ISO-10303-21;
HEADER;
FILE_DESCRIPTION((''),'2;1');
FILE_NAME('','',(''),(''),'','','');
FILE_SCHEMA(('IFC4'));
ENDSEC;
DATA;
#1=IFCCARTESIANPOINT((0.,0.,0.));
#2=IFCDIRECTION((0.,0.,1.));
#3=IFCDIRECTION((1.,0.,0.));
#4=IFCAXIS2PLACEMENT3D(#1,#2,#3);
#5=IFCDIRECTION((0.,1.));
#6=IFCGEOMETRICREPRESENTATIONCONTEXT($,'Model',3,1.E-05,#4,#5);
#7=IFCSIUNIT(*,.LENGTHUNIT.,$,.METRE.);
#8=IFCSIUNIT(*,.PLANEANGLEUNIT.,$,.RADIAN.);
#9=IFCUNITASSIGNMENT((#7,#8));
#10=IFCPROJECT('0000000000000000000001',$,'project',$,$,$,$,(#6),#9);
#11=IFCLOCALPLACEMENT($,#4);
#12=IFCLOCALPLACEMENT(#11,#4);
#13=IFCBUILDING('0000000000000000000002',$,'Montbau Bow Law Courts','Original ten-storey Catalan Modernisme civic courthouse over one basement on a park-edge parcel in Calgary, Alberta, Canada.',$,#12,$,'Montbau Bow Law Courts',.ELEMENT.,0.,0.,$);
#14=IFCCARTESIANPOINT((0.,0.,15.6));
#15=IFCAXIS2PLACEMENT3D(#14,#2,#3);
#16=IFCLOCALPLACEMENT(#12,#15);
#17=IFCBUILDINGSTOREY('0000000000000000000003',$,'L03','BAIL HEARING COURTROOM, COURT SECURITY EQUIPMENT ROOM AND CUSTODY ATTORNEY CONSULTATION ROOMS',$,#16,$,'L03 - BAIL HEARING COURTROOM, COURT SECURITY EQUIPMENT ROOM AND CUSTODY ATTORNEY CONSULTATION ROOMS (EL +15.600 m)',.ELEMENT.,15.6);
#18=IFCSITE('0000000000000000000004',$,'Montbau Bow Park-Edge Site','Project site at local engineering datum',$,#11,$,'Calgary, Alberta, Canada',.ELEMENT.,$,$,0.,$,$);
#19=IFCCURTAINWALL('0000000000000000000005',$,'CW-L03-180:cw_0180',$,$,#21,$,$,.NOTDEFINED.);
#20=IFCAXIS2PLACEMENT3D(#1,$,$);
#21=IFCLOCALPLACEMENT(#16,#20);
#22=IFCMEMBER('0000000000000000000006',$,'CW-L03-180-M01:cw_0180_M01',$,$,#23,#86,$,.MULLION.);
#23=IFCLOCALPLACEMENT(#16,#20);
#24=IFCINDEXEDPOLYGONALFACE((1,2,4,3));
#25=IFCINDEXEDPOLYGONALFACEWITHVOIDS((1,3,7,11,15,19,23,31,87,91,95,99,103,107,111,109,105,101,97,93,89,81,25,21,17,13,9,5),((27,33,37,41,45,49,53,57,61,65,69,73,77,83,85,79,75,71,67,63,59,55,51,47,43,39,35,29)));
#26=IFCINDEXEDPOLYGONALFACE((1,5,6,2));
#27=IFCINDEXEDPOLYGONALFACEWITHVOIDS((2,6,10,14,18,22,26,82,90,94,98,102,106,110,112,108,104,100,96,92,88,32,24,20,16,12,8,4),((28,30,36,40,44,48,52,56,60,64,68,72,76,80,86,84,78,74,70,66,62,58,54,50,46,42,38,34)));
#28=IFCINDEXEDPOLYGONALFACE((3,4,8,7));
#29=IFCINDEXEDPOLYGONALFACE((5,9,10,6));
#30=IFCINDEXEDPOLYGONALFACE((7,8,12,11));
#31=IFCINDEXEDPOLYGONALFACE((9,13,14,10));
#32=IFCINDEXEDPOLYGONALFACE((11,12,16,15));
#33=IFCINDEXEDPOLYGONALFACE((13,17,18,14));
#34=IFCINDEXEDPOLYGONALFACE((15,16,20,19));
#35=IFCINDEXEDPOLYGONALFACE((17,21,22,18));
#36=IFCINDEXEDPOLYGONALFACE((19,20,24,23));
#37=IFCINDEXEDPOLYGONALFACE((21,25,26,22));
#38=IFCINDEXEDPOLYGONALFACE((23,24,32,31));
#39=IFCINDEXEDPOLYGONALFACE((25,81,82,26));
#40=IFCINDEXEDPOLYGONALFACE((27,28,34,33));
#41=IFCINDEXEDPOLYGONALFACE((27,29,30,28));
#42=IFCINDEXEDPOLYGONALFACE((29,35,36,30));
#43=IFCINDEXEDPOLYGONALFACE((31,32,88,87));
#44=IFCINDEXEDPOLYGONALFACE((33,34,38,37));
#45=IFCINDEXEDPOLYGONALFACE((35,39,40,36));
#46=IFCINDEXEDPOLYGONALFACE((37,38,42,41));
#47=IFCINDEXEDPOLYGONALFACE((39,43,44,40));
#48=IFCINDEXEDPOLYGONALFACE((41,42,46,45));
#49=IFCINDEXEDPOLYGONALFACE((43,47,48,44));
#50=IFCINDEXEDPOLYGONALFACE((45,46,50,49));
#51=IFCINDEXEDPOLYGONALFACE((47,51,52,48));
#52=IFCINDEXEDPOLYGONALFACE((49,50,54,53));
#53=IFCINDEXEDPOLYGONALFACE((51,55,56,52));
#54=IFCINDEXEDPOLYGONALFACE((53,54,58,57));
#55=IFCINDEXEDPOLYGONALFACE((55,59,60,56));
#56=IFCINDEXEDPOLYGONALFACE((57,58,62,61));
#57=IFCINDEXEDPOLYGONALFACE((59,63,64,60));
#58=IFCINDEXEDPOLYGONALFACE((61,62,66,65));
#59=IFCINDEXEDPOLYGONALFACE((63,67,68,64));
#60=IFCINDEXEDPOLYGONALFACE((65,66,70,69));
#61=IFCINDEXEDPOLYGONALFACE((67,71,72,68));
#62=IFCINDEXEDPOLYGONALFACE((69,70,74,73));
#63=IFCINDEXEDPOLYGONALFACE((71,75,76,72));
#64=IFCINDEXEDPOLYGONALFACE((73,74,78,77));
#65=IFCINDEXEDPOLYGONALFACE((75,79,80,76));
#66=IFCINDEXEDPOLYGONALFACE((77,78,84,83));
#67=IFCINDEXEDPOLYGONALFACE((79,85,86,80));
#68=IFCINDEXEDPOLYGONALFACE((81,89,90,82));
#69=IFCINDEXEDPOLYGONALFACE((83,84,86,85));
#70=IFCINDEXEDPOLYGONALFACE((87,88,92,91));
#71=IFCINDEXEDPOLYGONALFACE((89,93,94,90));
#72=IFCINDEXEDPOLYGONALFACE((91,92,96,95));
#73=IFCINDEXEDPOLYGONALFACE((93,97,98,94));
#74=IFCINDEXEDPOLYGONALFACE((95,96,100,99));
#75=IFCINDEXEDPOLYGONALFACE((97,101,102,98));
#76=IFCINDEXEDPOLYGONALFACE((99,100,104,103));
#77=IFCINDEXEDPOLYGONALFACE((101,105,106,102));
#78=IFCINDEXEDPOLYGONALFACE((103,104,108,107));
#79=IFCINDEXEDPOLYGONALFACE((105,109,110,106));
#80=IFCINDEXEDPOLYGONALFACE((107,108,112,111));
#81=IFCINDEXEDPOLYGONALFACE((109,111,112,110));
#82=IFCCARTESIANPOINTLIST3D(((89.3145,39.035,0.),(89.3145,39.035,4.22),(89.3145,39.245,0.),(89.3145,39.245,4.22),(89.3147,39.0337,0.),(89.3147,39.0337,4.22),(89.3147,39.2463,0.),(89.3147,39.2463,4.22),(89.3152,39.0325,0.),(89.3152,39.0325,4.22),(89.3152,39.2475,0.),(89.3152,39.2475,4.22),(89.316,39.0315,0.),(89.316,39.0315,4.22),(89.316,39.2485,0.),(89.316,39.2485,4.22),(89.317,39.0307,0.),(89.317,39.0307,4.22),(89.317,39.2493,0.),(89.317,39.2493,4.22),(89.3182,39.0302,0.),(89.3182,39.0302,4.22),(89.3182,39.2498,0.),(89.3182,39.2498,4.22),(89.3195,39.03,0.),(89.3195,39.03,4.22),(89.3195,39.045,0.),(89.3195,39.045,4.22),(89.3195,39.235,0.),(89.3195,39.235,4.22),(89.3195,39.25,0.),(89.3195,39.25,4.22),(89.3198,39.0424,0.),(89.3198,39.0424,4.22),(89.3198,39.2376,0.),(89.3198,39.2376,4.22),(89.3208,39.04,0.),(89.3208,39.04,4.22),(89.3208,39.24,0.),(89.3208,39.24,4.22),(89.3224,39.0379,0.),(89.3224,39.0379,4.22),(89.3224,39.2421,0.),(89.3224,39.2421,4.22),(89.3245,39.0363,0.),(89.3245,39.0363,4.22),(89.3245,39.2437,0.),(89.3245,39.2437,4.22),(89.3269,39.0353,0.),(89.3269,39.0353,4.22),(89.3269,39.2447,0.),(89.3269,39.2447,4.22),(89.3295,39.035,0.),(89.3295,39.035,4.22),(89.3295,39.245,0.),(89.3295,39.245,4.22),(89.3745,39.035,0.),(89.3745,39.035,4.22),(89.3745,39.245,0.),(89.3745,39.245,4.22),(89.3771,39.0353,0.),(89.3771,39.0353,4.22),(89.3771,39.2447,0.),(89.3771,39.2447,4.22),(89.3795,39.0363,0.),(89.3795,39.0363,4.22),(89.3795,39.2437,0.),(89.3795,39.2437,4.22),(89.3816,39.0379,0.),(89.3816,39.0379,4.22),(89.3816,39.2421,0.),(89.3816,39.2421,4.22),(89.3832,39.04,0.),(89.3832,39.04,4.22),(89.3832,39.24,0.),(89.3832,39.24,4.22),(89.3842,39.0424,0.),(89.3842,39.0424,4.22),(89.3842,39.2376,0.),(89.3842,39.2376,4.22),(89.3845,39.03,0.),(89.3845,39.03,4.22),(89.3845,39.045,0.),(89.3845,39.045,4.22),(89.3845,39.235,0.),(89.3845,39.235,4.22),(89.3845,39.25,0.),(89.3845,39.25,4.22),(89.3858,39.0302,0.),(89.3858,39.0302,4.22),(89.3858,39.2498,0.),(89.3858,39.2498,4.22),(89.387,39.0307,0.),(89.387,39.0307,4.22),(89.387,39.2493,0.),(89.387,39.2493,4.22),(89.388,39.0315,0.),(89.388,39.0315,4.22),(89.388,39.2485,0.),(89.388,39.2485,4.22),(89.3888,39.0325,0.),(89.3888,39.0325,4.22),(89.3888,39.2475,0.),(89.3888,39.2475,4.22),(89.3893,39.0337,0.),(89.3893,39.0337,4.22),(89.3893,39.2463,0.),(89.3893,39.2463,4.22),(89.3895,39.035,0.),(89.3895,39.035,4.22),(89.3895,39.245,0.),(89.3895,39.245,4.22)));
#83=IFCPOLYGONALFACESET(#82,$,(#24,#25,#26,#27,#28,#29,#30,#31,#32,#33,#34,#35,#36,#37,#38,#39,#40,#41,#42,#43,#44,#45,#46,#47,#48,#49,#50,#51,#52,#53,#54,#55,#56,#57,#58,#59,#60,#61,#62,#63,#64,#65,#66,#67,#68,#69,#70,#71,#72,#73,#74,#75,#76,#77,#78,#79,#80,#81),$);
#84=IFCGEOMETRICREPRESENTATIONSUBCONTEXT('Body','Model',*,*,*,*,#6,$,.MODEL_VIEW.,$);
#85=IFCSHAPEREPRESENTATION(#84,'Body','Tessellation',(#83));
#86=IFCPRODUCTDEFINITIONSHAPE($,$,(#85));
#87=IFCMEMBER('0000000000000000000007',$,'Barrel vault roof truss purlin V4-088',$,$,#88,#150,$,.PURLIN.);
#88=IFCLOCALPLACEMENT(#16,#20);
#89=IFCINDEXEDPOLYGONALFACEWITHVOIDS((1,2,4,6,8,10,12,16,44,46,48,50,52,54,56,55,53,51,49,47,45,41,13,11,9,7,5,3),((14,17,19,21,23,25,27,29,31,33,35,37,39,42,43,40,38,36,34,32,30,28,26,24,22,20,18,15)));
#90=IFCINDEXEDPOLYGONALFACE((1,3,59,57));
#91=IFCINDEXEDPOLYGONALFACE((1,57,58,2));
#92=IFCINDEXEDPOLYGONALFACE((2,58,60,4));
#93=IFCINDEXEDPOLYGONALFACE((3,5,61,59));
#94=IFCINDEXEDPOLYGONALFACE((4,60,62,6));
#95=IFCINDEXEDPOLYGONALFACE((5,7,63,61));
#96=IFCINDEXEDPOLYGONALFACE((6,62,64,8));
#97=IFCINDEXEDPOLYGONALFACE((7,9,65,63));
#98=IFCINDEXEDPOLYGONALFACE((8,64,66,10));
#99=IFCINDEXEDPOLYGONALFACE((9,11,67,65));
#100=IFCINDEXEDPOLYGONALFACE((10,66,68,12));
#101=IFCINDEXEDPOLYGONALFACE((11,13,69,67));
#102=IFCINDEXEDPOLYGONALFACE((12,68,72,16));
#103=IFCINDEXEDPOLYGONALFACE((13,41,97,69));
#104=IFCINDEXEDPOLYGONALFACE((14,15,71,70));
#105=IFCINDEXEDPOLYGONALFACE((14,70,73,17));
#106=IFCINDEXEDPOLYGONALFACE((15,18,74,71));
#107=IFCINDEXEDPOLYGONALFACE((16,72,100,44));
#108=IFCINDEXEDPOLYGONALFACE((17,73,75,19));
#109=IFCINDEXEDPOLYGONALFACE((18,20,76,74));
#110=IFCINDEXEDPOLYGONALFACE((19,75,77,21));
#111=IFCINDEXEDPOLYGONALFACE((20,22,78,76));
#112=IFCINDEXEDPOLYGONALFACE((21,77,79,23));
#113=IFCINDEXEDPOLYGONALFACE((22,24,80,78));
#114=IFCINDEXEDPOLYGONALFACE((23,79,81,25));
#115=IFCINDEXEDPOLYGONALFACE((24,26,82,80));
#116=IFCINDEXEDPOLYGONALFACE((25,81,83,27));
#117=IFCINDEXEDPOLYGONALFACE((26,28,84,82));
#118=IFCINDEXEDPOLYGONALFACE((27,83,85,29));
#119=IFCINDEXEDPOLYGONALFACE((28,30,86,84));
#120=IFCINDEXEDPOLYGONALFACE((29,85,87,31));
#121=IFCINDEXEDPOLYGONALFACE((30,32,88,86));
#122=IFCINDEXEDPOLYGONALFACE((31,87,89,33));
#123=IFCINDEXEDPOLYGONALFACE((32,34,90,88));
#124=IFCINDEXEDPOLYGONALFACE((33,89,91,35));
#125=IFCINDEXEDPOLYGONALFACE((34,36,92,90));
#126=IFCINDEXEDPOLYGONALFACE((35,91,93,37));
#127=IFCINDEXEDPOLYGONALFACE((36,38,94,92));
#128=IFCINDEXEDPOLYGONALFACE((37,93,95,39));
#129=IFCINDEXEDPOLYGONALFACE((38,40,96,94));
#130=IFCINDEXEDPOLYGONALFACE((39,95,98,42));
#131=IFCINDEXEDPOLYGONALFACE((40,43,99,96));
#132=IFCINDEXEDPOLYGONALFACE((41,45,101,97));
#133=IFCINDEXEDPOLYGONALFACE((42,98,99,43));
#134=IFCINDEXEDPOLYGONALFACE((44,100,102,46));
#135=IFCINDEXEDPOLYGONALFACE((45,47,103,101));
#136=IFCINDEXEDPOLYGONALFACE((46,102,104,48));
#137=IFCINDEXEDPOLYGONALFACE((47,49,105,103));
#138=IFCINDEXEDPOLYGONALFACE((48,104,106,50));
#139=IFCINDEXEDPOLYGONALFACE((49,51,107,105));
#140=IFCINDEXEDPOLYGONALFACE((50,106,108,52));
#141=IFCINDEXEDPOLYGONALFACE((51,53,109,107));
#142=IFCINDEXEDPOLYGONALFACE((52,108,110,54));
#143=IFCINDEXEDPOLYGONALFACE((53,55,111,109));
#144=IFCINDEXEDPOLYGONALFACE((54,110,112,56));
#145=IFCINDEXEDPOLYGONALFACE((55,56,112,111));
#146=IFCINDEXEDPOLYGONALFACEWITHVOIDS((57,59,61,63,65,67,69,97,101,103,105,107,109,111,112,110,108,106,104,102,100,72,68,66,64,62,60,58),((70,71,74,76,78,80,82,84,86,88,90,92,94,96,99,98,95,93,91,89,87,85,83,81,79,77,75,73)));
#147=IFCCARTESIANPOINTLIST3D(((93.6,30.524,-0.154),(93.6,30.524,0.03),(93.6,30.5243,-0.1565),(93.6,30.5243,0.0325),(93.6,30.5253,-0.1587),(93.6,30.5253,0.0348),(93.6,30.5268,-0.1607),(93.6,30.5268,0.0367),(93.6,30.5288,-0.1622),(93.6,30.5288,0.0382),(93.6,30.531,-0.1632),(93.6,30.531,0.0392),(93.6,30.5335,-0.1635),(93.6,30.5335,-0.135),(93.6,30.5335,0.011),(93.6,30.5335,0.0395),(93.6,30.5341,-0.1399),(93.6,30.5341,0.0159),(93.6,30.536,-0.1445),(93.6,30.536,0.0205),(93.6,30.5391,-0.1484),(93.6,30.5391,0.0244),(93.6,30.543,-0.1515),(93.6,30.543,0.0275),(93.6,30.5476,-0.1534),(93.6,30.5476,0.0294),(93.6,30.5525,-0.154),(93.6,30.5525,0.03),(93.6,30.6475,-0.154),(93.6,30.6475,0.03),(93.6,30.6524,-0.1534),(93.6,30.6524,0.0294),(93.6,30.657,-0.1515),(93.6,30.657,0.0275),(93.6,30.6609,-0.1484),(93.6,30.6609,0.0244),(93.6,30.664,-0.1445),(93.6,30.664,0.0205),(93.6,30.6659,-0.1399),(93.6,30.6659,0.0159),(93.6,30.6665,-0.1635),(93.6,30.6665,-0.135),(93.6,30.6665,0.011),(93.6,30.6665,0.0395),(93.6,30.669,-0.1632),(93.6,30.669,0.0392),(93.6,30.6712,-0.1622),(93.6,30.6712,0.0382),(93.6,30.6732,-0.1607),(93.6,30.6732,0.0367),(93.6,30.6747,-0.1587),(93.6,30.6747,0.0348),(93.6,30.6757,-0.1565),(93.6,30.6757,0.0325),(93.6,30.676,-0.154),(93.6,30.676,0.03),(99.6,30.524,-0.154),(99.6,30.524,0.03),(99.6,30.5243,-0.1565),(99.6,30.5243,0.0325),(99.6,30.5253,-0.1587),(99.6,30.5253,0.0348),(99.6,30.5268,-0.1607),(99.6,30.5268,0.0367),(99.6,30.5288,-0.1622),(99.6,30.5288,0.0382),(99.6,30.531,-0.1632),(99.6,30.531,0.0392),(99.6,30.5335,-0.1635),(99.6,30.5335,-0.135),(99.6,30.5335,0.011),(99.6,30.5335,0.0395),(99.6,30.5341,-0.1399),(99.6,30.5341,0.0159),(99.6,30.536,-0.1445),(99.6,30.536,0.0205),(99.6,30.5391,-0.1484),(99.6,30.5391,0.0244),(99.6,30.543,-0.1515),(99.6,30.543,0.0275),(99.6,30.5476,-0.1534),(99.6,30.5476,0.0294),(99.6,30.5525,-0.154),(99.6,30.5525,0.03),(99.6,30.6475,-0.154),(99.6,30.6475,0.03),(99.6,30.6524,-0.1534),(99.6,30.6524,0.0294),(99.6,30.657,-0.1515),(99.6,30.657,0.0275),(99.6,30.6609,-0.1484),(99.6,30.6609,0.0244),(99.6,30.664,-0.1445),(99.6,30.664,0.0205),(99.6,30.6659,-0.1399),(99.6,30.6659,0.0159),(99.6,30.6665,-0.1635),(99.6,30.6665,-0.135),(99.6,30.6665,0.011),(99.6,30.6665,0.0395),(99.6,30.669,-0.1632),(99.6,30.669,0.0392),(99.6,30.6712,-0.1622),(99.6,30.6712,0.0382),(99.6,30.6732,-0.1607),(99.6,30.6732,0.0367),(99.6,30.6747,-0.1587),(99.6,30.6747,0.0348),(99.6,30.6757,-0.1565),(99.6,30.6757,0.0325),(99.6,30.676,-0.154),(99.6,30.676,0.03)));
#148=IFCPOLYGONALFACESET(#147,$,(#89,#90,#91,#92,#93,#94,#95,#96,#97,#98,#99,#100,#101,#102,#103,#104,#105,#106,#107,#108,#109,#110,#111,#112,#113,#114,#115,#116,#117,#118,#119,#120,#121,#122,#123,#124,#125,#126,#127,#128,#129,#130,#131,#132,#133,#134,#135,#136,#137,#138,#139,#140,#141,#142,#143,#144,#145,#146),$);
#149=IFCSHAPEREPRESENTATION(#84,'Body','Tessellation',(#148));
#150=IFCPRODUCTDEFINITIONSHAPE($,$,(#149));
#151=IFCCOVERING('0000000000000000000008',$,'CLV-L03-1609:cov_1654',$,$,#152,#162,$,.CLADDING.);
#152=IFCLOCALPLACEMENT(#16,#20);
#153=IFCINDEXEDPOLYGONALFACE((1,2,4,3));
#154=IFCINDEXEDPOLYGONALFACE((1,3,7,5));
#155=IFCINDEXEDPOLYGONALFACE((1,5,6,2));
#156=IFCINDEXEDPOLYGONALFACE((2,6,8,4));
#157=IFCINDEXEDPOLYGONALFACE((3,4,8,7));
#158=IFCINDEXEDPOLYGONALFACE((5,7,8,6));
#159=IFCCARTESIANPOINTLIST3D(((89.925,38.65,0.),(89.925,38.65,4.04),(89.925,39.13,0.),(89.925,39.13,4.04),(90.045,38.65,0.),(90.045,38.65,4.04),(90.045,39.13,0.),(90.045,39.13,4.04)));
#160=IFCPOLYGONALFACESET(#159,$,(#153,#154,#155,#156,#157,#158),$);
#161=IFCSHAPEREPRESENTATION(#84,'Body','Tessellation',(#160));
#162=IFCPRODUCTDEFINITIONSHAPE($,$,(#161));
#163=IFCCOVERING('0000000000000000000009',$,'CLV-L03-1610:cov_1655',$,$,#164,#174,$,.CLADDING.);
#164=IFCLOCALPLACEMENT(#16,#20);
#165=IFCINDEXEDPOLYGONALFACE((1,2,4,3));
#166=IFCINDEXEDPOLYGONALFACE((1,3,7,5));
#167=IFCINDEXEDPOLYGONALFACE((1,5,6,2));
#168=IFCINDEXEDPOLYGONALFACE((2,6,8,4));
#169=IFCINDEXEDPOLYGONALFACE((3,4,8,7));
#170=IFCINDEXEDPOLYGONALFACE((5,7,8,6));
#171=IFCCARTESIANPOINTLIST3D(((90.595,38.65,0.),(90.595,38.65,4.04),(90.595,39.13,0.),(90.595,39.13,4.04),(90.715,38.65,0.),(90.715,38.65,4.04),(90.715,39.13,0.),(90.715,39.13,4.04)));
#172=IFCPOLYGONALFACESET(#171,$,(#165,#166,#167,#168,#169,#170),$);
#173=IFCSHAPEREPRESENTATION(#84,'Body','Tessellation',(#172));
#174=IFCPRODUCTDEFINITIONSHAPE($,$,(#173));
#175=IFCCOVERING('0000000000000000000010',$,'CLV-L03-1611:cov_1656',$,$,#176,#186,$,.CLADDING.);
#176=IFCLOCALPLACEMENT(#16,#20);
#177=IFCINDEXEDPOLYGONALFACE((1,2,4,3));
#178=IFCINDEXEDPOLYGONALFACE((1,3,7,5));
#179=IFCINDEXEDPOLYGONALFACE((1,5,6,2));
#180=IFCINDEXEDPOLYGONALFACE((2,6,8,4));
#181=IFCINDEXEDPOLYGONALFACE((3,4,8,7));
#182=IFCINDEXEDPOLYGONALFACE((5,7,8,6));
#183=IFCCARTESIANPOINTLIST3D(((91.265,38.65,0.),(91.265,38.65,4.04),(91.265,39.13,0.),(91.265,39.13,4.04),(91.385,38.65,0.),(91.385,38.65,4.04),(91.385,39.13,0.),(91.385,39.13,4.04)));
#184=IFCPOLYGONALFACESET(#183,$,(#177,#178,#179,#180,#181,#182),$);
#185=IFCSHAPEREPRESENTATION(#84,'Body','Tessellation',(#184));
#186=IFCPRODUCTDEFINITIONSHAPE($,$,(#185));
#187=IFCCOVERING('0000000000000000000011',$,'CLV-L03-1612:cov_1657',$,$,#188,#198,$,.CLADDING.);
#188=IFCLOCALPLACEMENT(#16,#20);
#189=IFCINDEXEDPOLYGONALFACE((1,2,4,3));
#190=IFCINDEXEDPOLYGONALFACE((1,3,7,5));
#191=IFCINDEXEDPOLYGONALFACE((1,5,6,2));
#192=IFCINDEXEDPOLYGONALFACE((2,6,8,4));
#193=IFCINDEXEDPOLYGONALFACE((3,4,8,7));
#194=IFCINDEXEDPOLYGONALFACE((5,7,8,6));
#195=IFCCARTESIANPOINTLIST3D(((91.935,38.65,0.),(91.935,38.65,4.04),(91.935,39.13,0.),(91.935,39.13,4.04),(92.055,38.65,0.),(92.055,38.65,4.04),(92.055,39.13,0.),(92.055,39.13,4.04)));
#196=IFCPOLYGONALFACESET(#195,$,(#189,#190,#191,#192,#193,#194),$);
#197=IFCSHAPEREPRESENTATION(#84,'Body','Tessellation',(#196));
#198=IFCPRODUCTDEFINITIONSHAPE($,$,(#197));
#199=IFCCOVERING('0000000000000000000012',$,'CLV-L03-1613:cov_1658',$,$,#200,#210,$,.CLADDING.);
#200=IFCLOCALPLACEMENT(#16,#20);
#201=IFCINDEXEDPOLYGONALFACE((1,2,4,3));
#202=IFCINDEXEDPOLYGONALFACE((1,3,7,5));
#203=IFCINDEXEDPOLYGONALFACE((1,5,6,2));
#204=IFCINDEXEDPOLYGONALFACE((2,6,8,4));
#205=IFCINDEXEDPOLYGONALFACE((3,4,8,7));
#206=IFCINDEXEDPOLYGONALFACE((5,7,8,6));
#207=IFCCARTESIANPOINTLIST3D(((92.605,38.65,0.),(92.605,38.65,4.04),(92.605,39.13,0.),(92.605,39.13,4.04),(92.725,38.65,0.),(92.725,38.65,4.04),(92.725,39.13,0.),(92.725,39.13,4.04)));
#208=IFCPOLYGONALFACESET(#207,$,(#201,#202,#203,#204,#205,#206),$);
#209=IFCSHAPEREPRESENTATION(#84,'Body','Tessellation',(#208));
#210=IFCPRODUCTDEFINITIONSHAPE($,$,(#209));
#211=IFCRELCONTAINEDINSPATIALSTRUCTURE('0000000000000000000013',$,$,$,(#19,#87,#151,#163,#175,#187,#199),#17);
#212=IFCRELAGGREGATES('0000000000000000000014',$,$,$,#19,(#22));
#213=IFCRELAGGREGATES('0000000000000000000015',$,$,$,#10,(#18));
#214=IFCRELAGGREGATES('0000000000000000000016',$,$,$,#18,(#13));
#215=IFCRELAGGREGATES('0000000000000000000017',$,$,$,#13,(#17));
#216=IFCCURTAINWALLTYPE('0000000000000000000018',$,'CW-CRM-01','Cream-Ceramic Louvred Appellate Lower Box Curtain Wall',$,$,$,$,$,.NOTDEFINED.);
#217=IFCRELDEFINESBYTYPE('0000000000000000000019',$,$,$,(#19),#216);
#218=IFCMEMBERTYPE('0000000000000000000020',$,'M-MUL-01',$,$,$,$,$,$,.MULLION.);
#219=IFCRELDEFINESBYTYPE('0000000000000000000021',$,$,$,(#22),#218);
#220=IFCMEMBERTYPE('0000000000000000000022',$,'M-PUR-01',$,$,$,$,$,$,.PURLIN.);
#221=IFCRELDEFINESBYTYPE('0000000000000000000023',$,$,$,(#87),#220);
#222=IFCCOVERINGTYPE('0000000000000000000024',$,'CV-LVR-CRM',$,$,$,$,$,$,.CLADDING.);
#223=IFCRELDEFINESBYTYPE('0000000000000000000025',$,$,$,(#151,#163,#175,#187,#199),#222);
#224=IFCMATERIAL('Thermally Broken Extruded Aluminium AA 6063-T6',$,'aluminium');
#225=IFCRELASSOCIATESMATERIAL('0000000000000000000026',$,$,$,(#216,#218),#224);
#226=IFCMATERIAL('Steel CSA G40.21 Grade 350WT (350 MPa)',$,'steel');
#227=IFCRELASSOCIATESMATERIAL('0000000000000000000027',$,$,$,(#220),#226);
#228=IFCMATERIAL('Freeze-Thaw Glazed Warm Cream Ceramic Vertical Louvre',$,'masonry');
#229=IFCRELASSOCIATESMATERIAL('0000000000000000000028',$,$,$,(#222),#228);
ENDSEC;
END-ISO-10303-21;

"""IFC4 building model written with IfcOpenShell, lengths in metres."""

from ifc_helpers import new_model, si_unit, direction, frame, frame_2d, origin_with_axes, origin_2d_with_axis, place, context, subcontext, project, spatial, rectangle, hollow_rectangle, extrude, material, material_profile, profile_set, type_object, element, aggregate, save


model = new_model("IFC4")

# Units and contexts
model_context = context("Model", 3, precision=1e-05, world=origin_with_axes(), true_north=direction((0.0, 1.0)))
body_context = subcontext(model_context, "Body", "Model", "MODEL_VIEW")
ifc_project = project(units=[si_unit("LENGTHUNIT", "METRE"), si_unit("PLANEANGLEUNIT", "RADIAN")], contexts=[model_context])

# Site, building, storey
site_placement = place(None, origin_with_axes())
site = spatial("IfcSite", under=ifc_project, at=site_placement, Name="Montbau Bow Park-Edge Site", Description="Project site at local engineering datum", LongName="Calgary, Alberta, Canada", CompositionType="ELEMENT", RefElevation=0.0)
building_placement = place(site_placement, origin_with_axes())
building = spatial("IfcBuilding", under=site, at=building_placement, Name="Montbau Bow Law Courts", Description="Original ten-storey Catalan Modernisme civic courthouse over one basement on a park-edge parcel in Calgary, Alberta, Canada.", LongName="Montbau Bow Law Courts", CompositionType="ELEMENT", ElevationOfRefHeight=0.0, ElevationOfTerrain=0.0)
storey_placement = place(building_placement, frame((0.0, 0.0, 15.6), z_axis=(0.0, 0.0, 1.0), x_axis=(1.0, 0.0, 0.0)))
storey = spatial("IfcBuildingStorey", under=building, at=storey_placement, Name="L03", Description="BAIL HEARING COURTROOM, COURT SECURITY EQUIPMENT ROOM AND CUSTODY ATTORNEY CONSULTATION ROOMS", LongName="L03 - BAIL HEARING COURTROOM, COURT SECURITY EQUIPMENT ROOM AND CUSTODY ATTORNEY CONSULTATION ROOMS (EL +15.600 m)", CompositionType="ELEMENT", Elevation=15.6)

# Curtain wall, member
ifc_material_1 = material(Name="Thermally Broken Extruded Aluminium AA 6063-T6", Category="aluminium")
curtain_wall_type = type_object("IfcCurtainWallType", Name="CW-CRM-01", Description="Cream-Ceramic Louvred Appellate Lower Box Curtain Wall", PredefinedType="NOTDEFINED", material=ifc_material_1)
curtain_wall_placement = place(None, frame((89.315, 39.14, 15.6), z_axis=(0.0, 0.0, 1.0), x_axis=(1.0, 0.0, 0.0)))
curtain_wall = element("IfcCurtainWall", 1, at=curtain_wall_placement, inside=storey, type_object=curtain_wall_type, Name="CW-L03-180:cw_0180", PredefinedType="NOTDEFINED")
ifc_material_profile_1 = material_profile(ifc_material_1, hollow_rectangle(XDim=0.075, YDim=0.22, WallThickness=0.005, InnerFilletRadius=0.01, OuterFilletRadius=0.005, at=origin_2d_with_axis()), Name="CWM-220X75", Category="Main", Priority=0)
ifc_profile_set_1 = profile_set([ifc_material_profile_1], Name="Thermally Broken Extruded Aluminium AA 6063-T6")
member_type_1 = type_object("IfcMemberType", Name="M-MUL-01", PredefinedType="MULLION", material=ifc_profile_set_1)
member_1_placement = place(None, frame((89.352, 39.14, 15.6), z_axis=(0.0, 0.0, 1.0), x_axis=(1.0, 0.0, 0.0)))
member_1 = element("IfcMember", 2, at=member_1_placement, type_object=member_type_1, Name="CW-L03-180-M01:cw_0180_M01", PredefinedType="MULLION", context=body_context, shape_type="SweptSolid", body=[
    extrude(hollow_rectangle(XDim=0.075, YDim=0.22, WallThickness=0.005, InnerFilletRadius=0.01, OuterFilletRadius=0.005, at=origin_2d_with_axis()), origin_with_axes(), (0.0, 0.0, 1.0), 4.22),
])
aggregate(curtain_wall, [member_1])

# Member
ifc_material_2 = material(Name="Steel CSA G40.21 Grade 350WT (350 MPa)", Category="steel")
ifc_material_profile_2 = material_profile(ifc_material_2, hollow_rectangle(XDim=0.152, YDim=0.203, WallThickness=0.0095, InnerFilletRadius=0.019, OuterFilletRadius=0.0095, at=origin_2d_with_axis()), Name="HSS203X152X9.5", Category="Main", Priority=0)
ifc_profile_set_2 = profile_set([ifc_material_profile_2], Name="Steel CSA G40.21 Grade 350WT (350 MPa)")
member_type_2 = type_object("IfcMemberType", Name="M-PUR-01", PredefinedType="PURLIN", material=ifc_profile_set_2)
member_2_placement = place(None, frame((93.6, 30.6, 15.538), z_axis=(1.0, 0.0, 0.0), x_axis=(0.0, 1.0, 0.0)))
element("IfcMember", 3, at=member_2_placement, inside=storey, type_object=member_type_2, Name="Barrel vault roof truss purlin V4-088", PredefinedType="PURLIN", context=body_context, shape_type="SweptSolid", body=[
    extrude(hollow_rectangle(XDim=0.152, YDim=0.203, WallThickness=0.0095, InnerFilletRadius=0.019, OuterFilletRadius=0.0095, at=origin_2d_with_axis()), origin_with_axes(), (0.0, 0.0, 1.0), 6.0),
])

# Coverings
ifc_material_3 = material(Name="Freeze-Thaw Glazed Warm Cream Ceramic Vertical Louvre", Category="masonry")
covering_type = type_object("IfcCoveringType", Name="CV-LVR-CRM", PredefinedType="CLADDING", material=ifc_material_3)
for number, where, z_axis, x_axis, name in (
    (4, (89.985, 39.13, 15.6), (-1.0, 0.0, 0.0), (0.0, -1.0, 0.0), "CLV-L03-1609:cov_1654"),
    (5, (90.655, 39.13, 15.6), (-1.0, 0.0, 0.0), (0.0, -1.0, 0.0), "CLV-L03-1610:cov_1655"),
    (6, (91.325, 39.13, 15.6), (-1.0, 0.0, 0.0), (0.0, -1.0, 0.0), "CLV-L03-1611:cov_1656"),
    (7, (91.995, 39.13, 15.6), (-1.0, 0.0, 0.0), (0.0, -1.0, 0.0), "CLV-L03-1612:cov_1657"),
    (8, (92.665, 39.13, 15.6), (-1.0, 0.0, 0.0), (0.0, -1.0, 0.0), "CLV-L03-1613:cov_1658"),
):
    element("IfcCovering", number, at=place(None, frame(where, z_axis=z_axis, x_axis=x_axis)), inside=storey, type_object=covering_type, Name=name, PredefinedType="CLADDING", context=body_context, shape_type="SweptSolid", body=[
        extrude(rectangle(XDim=0.48, YDim=4.04, at=frame_2d((0.24, 2.02), x_axis=(1.0, 0.0))), frame((0.0, 0.0, -0.06), z_axis=(0.0, 0.0, 1.0), x_axis=(1.0, 0.0, 0.0)), (0.0, 0.0, 1.0), 0.12),
    ])

save(model, "model.ifc")
